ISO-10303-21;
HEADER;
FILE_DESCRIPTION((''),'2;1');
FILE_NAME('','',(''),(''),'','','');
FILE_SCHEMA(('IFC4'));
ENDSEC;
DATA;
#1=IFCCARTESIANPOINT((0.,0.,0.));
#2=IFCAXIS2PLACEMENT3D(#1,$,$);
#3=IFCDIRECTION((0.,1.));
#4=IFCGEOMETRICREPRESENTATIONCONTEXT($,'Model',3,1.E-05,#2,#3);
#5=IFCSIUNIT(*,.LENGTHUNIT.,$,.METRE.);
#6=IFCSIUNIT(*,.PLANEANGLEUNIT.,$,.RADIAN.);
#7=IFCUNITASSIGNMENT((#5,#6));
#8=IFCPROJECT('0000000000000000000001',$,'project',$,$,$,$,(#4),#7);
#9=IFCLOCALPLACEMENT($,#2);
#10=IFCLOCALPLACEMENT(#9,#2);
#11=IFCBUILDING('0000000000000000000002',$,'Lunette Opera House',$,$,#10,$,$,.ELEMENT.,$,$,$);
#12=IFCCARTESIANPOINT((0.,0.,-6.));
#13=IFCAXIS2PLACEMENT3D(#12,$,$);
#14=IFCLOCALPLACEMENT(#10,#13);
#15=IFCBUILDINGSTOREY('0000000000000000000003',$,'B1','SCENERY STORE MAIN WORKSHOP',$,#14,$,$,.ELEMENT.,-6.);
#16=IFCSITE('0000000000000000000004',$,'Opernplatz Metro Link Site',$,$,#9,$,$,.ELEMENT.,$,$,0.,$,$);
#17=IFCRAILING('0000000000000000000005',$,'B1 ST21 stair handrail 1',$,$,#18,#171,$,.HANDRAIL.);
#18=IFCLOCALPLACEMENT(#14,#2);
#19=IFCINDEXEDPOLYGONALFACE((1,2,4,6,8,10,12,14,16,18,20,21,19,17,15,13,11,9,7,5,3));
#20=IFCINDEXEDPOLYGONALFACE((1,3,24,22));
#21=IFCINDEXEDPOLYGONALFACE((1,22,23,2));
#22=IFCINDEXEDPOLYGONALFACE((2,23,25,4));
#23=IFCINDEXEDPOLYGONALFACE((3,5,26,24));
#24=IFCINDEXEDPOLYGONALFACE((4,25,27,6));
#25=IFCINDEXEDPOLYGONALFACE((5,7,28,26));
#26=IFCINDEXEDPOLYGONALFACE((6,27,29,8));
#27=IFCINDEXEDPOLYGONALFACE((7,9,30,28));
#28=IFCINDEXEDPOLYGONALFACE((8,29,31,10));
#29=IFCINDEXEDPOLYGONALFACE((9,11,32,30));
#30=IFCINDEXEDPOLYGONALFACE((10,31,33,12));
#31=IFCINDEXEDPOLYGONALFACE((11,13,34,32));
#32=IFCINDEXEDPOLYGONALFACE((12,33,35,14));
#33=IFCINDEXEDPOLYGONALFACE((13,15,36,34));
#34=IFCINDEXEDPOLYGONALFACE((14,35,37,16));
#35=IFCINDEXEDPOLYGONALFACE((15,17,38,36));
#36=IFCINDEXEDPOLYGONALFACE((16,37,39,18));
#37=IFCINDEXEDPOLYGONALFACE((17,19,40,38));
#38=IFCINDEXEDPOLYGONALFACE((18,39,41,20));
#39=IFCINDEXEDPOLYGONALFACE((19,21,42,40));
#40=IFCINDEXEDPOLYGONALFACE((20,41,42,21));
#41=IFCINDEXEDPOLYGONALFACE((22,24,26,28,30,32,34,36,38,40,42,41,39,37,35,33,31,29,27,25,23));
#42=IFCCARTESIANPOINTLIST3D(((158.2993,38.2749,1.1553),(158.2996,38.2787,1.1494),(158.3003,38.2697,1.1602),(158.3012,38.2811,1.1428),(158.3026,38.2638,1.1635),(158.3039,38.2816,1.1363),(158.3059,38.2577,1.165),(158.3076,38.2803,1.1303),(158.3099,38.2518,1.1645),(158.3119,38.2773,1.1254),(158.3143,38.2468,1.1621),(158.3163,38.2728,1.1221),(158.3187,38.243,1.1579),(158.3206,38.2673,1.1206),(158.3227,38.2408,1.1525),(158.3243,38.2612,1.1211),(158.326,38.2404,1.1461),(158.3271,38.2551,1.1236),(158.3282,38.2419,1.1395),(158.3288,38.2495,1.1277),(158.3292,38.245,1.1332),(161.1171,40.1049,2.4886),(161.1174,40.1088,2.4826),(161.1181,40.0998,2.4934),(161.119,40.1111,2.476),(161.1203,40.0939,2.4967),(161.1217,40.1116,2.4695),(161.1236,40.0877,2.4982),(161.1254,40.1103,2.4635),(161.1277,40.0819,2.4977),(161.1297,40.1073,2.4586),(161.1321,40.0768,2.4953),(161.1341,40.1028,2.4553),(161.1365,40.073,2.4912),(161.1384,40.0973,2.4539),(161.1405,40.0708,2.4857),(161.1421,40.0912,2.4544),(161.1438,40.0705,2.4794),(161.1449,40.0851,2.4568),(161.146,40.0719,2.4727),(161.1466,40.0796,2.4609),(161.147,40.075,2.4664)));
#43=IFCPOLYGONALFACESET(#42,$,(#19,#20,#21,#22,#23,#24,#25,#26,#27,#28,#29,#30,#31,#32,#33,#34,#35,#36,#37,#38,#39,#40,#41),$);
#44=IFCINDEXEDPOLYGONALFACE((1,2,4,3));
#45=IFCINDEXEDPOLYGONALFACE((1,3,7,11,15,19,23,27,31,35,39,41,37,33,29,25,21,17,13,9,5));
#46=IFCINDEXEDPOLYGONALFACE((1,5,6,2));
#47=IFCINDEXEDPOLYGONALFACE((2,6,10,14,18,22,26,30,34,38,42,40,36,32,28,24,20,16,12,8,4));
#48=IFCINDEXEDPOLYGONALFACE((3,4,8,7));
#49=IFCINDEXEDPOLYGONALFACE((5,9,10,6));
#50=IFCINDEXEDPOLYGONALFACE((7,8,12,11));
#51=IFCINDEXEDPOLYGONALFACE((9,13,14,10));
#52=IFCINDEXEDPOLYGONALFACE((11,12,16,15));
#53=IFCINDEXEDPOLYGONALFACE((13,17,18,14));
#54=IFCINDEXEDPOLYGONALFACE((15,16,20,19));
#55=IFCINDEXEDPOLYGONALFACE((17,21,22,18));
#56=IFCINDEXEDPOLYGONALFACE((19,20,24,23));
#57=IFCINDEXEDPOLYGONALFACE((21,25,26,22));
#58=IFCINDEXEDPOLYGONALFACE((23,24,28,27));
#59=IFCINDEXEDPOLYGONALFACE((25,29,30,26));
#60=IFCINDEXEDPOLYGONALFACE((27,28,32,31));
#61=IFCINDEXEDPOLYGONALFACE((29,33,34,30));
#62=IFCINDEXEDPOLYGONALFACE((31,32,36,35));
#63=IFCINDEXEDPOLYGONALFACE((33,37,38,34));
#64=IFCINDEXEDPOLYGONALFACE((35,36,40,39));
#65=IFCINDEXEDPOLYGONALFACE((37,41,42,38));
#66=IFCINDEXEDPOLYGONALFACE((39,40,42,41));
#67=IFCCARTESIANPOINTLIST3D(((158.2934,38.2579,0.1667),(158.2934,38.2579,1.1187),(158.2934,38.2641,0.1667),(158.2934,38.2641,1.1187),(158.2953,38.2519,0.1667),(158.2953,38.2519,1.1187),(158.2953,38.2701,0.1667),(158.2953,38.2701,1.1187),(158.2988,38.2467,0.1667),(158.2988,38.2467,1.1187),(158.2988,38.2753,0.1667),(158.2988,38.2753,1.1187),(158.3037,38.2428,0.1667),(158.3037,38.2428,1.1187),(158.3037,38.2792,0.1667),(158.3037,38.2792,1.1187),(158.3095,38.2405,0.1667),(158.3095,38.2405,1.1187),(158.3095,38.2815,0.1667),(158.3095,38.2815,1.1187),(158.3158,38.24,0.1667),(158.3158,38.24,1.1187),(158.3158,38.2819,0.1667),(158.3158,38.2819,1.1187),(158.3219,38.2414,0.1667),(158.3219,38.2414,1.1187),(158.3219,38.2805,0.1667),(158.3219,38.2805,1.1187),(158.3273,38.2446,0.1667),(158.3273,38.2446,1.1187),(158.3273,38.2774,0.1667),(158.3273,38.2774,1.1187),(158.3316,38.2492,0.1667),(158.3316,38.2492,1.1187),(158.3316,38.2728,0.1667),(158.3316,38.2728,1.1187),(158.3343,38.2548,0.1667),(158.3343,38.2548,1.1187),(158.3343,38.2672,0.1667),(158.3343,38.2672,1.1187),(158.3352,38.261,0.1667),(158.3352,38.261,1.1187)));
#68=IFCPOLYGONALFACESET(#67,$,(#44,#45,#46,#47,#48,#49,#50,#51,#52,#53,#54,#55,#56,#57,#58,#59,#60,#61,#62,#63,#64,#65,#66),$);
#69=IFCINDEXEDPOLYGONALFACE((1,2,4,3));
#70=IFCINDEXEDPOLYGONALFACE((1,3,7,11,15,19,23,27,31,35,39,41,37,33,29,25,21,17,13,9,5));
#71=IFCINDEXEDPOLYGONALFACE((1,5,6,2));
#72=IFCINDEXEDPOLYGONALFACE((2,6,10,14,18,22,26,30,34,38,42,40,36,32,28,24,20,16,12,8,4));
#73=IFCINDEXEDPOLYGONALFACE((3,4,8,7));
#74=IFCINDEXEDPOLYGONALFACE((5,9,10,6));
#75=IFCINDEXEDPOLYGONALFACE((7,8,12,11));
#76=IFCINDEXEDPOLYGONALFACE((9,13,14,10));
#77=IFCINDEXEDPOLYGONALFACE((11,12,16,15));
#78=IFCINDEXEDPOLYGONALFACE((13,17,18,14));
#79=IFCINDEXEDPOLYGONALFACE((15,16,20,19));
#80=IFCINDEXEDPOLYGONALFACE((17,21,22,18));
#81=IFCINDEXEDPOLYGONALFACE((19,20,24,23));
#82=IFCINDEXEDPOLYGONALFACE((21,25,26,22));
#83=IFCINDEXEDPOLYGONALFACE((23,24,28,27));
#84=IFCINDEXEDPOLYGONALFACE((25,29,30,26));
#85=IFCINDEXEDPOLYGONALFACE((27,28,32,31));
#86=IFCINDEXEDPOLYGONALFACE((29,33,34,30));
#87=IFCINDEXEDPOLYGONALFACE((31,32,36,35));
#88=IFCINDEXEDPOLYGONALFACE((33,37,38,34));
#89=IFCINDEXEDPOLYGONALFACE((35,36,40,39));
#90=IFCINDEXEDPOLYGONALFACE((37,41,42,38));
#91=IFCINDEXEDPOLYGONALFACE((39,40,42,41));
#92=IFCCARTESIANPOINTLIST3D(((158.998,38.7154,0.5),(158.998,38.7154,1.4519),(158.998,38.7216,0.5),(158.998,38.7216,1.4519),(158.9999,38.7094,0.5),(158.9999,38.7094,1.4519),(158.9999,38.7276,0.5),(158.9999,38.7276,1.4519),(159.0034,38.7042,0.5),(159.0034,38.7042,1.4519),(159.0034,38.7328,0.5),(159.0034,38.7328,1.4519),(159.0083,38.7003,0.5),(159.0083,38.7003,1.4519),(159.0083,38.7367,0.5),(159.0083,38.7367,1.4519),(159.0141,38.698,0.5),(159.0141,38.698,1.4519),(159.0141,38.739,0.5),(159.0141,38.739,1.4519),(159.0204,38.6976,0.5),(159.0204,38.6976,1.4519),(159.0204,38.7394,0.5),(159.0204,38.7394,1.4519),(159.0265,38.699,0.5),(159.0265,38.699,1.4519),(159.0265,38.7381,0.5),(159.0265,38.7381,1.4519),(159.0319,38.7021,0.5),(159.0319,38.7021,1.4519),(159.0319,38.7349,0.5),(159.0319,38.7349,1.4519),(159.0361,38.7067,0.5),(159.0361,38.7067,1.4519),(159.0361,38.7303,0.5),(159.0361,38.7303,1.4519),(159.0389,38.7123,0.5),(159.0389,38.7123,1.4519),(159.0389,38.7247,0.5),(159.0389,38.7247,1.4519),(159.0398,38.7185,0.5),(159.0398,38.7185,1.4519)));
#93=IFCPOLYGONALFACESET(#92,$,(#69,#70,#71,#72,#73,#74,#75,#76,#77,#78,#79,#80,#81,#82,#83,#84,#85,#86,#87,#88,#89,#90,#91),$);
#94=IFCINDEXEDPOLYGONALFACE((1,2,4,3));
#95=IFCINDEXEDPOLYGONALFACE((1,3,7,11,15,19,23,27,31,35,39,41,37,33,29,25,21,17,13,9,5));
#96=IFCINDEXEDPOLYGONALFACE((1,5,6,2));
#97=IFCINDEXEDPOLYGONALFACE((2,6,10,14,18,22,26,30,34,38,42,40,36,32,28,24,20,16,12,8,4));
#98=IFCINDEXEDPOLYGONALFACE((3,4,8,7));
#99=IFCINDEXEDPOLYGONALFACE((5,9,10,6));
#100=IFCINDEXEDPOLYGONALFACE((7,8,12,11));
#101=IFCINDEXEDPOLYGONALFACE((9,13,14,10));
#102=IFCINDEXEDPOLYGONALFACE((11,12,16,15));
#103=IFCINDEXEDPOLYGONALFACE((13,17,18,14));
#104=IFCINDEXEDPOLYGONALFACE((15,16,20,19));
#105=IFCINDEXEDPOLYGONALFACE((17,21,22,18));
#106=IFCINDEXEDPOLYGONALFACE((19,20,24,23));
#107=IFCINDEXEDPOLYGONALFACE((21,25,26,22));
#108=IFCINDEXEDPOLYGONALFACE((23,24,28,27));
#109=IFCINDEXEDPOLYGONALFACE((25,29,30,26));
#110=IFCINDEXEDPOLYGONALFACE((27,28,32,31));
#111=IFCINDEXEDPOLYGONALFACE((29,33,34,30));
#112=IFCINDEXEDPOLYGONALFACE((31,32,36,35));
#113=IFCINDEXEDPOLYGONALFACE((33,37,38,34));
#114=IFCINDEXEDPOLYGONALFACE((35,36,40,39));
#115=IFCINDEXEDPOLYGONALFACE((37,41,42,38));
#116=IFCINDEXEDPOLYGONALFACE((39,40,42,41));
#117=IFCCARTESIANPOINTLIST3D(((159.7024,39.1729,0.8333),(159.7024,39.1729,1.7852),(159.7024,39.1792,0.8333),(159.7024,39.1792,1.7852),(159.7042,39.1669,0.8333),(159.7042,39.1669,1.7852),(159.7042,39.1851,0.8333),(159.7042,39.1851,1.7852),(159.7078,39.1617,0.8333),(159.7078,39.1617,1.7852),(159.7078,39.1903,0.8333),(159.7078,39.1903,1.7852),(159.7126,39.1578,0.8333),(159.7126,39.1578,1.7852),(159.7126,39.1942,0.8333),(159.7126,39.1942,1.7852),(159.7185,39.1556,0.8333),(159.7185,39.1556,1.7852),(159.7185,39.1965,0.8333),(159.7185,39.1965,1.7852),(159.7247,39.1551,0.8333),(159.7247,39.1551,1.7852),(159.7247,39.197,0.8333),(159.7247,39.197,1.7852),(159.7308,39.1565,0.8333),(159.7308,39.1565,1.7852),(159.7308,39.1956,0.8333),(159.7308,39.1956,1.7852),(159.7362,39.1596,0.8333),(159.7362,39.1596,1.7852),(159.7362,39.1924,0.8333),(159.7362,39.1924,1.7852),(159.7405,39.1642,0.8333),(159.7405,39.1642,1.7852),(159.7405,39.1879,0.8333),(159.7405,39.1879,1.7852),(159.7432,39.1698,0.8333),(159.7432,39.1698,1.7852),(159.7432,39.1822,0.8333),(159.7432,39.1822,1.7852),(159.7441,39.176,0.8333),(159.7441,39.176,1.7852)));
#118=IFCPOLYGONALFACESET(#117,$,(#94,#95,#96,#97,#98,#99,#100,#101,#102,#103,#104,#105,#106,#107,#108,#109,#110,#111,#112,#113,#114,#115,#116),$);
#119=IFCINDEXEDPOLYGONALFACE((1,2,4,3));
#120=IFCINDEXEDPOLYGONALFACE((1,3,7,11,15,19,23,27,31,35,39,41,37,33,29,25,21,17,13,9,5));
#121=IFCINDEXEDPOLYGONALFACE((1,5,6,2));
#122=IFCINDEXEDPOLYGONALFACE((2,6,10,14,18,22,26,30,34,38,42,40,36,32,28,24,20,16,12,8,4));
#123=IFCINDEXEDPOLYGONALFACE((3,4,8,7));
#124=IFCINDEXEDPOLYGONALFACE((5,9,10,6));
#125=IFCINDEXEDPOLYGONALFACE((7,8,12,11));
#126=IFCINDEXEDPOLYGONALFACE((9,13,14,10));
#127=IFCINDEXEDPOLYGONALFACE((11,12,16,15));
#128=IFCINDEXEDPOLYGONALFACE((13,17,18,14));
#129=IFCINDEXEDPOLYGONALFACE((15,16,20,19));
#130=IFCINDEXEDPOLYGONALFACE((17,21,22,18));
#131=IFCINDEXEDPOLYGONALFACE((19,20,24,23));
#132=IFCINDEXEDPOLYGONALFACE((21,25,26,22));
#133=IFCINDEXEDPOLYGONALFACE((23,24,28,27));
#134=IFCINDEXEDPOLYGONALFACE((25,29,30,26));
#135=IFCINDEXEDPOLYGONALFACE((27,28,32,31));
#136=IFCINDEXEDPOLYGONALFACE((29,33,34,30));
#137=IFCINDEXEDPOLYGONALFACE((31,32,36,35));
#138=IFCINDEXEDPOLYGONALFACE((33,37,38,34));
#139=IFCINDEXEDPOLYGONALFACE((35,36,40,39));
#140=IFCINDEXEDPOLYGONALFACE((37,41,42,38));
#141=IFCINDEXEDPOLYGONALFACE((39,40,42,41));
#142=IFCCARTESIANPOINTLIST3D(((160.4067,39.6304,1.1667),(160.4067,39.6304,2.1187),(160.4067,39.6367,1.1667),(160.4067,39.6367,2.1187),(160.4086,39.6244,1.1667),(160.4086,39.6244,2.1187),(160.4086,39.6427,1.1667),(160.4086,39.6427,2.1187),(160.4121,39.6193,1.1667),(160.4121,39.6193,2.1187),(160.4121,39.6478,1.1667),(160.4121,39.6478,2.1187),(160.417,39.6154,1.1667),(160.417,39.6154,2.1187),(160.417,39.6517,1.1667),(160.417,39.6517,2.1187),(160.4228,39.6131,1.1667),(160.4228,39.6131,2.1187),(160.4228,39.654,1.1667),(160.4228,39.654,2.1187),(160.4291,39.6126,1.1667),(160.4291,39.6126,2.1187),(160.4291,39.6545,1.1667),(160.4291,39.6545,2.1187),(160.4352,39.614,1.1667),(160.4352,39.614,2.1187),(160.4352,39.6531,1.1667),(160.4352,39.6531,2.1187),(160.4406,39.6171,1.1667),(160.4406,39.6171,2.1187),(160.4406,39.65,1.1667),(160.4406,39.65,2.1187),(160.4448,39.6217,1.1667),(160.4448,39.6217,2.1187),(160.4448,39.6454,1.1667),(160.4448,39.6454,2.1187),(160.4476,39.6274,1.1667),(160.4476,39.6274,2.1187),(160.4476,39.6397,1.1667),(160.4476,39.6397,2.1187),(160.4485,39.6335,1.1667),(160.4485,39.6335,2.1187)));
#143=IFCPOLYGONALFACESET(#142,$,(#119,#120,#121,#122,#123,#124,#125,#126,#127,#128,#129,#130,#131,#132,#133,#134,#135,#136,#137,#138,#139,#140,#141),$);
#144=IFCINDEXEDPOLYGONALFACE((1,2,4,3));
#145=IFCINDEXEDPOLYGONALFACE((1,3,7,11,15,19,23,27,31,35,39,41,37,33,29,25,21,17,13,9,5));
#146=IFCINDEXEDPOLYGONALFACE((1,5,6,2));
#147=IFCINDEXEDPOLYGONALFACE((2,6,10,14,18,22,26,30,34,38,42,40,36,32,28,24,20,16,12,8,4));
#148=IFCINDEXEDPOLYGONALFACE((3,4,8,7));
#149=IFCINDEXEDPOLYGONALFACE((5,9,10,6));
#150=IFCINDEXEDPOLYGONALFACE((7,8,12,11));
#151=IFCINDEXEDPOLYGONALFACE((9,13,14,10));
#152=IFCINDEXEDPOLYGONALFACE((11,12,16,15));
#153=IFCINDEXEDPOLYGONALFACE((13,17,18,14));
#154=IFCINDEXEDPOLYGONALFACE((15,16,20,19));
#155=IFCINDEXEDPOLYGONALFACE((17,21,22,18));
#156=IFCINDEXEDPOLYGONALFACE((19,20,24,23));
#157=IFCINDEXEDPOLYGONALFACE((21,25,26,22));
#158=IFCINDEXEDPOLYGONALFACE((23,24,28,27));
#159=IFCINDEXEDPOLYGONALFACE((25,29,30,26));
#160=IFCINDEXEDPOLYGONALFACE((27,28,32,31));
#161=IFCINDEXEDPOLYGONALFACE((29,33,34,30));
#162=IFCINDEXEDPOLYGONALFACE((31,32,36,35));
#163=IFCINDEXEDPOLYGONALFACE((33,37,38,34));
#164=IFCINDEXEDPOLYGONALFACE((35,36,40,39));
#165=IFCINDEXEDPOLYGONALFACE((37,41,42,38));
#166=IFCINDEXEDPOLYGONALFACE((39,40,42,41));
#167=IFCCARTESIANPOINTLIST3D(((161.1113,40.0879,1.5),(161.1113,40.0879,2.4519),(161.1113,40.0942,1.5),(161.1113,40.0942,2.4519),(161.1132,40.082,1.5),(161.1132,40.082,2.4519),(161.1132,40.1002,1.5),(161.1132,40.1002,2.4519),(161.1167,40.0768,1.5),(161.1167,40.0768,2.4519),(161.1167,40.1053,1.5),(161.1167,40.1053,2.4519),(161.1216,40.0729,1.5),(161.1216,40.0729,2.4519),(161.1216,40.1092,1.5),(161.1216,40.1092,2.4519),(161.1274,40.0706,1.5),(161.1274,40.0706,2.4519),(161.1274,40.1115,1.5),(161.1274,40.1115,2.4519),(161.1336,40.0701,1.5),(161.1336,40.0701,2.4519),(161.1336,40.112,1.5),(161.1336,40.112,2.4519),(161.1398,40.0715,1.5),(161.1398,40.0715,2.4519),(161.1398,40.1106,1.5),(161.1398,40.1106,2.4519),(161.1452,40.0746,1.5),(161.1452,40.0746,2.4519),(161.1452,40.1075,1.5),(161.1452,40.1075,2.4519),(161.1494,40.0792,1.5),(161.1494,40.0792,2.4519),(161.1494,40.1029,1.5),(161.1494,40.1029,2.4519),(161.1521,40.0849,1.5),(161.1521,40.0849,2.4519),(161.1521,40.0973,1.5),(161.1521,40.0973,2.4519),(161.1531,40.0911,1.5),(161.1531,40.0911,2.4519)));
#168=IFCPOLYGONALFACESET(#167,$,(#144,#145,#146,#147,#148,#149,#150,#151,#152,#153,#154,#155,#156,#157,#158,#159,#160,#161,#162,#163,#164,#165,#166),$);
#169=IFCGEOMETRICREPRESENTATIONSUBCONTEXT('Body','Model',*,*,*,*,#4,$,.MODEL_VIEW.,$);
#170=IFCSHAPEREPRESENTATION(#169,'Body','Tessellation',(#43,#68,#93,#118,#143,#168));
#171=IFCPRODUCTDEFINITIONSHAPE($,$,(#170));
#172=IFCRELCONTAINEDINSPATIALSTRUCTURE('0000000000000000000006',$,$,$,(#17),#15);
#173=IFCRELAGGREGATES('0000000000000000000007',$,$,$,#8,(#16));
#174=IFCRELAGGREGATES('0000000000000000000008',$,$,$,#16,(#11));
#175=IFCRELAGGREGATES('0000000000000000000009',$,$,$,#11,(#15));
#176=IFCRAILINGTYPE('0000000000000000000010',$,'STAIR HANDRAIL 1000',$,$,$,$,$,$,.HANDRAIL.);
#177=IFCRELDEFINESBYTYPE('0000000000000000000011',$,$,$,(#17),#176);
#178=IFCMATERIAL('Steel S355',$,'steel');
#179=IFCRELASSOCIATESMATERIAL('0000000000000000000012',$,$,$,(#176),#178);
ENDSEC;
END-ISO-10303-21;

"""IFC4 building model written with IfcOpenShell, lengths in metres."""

from ifc_helpers import new_model, si_unit, direction, frame, origin, origin_2d, place, context, subcontext, project, spatial, circle, extrude, material, type_object, element, save


model = new_model("IFC4")

# Units and contexts
model_context = context("Model", 3, precision=1e-05, world=origin(), true_north=direction((0.0, 1.0)))
body_context = subcontext(model_context, "Body", "Model", "MODEL_VIEW")
ifc_project = project(units=[si_unit("LENGTHUNIT", "METRE"), si_unit("PLANEANGLEUNIT", "RADIAN")], contexts=[model_context])

# Site, building, storey
site_placement = place(None, origin())
site = spatial("IfcSite", under=ifc_project, at=site_placement, Name="Opernplatz Metro Link Site", CompositionType="ELEMENT", RefElevation=0.0)
building_placement = place(site_placement, origin())
building = spatial("IfcBuilding", under=site, at=building_placement, Name="Lunette Opera House", CompositionType="ELEMENT")
storey_placement = place(building_placement, frame((0.0, 0.0, -6.0)))
storey = spatial("IfcBuildingStorey", under=building, at=storey_placement, Name="B1", Description="SCENERY STORE MAIN WORKSHOP", CompositionType="ELEMENT", Elevation=-6.0)

# Railing
ifc_material_1 = material(Name="Steel S355", Category="steel")
railing_type_1 = type_object("IfcRailingType", Name="STAIR HANDRAIL 1000", PredefinedType="HANDRAIL", material=ifc_material_1)
for number, where, name in (
    (1, (158.3142, 38.261, 0.1667), "B1 ST21 stair handrail 1"),
):
    element("IfcRailing", number, at=place(storey_placement, frame(where)), inside=storey, type_object=railing_type_1, Name=name, PredefinedType="HANDRAIL", context=body_context, shape_type="SweptSolid", body=[
        extrude(circle(Radius=0.0239, at=origin_2d()), frame((0.0, 0.0, 0.9761), z_axis=(0.779526, 0.506267, 0.368826), x_axis=(-0.544667, 0.838653, 0.0)), (0.0, 0.0, 1.0), 3.6147),
        extrude(circle(Radius=0.021, at=origin_2d()), origin(), (0.0, 0.0, 1.0), 0.9519),
        extrude(circle(Radius=0.021, at=origin_2d()), frame((0.7046, 0.4575, 0.3333)), (0.0, 0.0, 1.0), 0.9519),
        extrude(circle(Radius=0.021, at=origin_2d()), frame((1.4089, 0.915, 0.6665)), (0.0, 0.0, 1.0), 0.9519),
        extrude(circle(Radius=0.021, at=origin_2d()), frame((2.1133, 1.3726, 1.0)), (0.0, 0.0, 1.0), 0.9519),
        extrude(circle(Radius=0.021, at=origin_2d()), frame((2.8179, 1.8301, 1.3333)), (0.0, 0.0, 1.0), 0.9519),
    ])

save(model, "model.ifc")
